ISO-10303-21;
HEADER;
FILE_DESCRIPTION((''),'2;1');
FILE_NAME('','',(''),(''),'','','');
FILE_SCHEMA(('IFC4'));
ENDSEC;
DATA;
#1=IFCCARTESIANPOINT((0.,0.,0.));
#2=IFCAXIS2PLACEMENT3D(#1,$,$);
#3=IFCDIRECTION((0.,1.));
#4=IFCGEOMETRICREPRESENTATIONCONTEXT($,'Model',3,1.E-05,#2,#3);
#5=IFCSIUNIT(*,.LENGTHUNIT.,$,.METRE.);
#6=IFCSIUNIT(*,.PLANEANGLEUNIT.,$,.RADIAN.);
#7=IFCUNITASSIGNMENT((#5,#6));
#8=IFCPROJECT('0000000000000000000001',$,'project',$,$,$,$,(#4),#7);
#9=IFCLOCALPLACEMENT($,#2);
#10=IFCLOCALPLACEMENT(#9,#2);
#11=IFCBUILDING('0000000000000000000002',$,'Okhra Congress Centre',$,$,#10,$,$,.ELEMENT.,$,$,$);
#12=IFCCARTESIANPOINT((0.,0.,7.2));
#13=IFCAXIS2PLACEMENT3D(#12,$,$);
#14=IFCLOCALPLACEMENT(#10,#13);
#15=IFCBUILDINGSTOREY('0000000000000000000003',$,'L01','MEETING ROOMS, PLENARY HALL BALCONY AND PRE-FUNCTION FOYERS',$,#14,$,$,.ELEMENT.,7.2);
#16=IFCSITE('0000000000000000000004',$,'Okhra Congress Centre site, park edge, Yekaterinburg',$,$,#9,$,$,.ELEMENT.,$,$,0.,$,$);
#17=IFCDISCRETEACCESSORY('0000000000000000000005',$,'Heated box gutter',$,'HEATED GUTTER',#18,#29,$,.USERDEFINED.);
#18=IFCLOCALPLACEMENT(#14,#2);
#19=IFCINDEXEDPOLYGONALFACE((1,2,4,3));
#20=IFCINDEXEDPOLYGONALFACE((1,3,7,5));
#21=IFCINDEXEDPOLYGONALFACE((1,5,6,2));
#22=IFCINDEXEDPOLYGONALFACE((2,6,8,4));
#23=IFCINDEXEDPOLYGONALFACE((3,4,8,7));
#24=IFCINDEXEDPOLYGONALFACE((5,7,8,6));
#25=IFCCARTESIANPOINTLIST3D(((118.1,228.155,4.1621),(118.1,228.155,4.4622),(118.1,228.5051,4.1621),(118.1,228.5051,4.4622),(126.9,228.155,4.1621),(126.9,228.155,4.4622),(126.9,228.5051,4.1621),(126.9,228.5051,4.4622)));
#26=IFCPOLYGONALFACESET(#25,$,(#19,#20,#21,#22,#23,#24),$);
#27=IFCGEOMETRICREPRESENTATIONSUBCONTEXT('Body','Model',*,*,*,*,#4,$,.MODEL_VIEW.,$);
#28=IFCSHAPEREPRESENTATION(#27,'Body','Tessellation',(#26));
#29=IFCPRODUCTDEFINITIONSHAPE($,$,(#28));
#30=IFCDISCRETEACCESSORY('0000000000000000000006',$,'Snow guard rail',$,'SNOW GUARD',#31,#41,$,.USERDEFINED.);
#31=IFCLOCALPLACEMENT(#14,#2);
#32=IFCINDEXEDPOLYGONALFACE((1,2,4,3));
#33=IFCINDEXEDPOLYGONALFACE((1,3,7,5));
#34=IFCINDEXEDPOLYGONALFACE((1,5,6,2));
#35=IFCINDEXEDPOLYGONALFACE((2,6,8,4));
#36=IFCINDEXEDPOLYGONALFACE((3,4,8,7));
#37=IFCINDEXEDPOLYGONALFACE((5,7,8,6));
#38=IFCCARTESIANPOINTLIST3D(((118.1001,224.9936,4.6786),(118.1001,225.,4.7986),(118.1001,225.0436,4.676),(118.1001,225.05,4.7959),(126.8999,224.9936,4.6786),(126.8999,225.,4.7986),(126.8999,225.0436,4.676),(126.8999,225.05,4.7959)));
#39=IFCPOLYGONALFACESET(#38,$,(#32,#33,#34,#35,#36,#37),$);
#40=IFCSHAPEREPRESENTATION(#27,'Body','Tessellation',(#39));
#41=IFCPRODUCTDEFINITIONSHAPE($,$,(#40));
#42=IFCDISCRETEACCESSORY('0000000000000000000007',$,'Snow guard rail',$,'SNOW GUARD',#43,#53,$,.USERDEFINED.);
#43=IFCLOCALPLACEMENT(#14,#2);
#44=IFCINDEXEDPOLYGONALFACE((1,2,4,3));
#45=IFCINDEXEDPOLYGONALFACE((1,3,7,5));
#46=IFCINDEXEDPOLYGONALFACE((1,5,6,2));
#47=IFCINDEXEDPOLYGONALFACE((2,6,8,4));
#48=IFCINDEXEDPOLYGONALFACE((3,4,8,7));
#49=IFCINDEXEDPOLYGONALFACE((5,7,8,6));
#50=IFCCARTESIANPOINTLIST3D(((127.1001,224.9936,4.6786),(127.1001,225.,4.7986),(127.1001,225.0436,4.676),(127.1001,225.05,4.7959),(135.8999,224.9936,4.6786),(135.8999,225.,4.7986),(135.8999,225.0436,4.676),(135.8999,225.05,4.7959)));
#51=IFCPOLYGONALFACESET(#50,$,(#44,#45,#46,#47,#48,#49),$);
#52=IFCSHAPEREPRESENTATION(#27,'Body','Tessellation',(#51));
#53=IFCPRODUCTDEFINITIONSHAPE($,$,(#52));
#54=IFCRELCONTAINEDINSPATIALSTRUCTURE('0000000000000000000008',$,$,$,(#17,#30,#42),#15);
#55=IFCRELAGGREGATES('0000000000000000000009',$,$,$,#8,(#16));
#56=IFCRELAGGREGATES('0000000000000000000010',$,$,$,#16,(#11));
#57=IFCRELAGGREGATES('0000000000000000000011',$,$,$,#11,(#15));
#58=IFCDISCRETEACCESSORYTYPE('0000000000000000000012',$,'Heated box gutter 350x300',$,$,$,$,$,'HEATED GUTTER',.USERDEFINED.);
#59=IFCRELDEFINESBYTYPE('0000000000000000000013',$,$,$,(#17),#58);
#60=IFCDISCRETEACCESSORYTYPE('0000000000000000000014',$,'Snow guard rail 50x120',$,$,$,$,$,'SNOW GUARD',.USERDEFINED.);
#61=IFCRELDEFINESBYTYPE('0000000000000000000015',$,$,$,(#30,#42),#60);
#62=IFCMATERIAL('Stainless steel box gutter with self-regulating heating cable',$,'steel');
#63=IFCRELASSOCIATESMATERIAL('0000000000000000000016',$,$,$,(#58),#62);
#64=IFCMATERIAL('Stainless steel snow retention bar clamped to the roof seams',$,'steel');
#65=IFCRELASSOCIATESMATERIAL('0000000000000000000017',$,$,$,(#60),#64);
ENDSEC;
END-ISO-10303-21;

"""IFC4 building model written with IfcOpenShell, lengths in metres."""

from ifc_helpers import new_model, si_unit, direction, frame, origin, origin_2d, place, context, subcontext, project, spatial, polyline, rectangle, outline, extrude, material, type_object, element, save


model = new_model("IFC4")

# Units and contexts
model_context = context("Model", 3, precision=1e-05, world=origin(), true_north=direction((0.0, 1.0)))
body_context = subcontext(model_context, "Body", "Model", "MODEL_VIEW")
ifc_project = project(units=[si_unit("LENGTHUNIT", "METRE"), si_unit("PLANEANGLEUNIT", "RADIAN")], contexts=[model_context])

# Site, building, storey
site_placement = place(None, origin())
site = spatial("IfcSite", under=ifc_project, at=site_placement, Name="Okhra Congress Centre site, park edge, Yekaterinburg", CompositionType="ELEMENT", RefElevation=0.0)
building_placement = place(site_placement, origin())
building = spatial("IfcBuilding", under=site, at=building_placement, Name="Okhra Congress Centre", CompositionType="ELEMENT")
storey_placement = place(building_placement, frame((0.0, 0.0, 7.2)))
storey = spatial("IfcBuildingStorey", under=building, at=storey_placement, Name="L01", Description="MEETING ROOMS, PLENARY HALL BALCONY AND PRE-FUNCTION FOYERS", CompositionType="ELEMENT", Elevation=7.2)

# Discrete accessories
ifc_material_1 = material(Name="Stainless steel box gutter with self-regulating heating cable", Category="steel")
discrete_accessory_type_1 = type_object("IfcDiscreteAccessoryType", Name="Heated box gutter 350x300", ElementType="HEATED GUTTER", PredefinedType="USERDEFINED", material=ifc_material_1)
discrete_accessory_placement = place(storey_placement, frame((122.5, 228.3301, 4.1621), z_axis=(0.0, 0.0, 1.0), x_axis=(1.0, 0.0, 0.0)))
element("IfcDiscreteAccessory", 1, at=discrete_accessory_placement, inside=storey, type_object=discrete_accessory_type_1, Name="Heated box gutter", ObjectType="HEATED GUTTER", PredefinedType="USERDEFINED", context=body_context, shape_type="SweptSolid", body=[
    extrude(rectangle(XDim=8.8, YDim=0.3501, at=origin_2d()), origin(), (0.0, 0.0, 1.0), 0.3),
])
ifc_material_2 = material(Name="Stainless steel snow retention bar clamped to the roof seams", Category="steel")
discrete_accessory_type_2 = type_object("IfcDiscreteAccessoryType", Name="Snow guard rail 50x120", ElementType="SNOW GUARD", PredefinedType="USERDEFINED", material=ifc_material_2)
for number, where, z_axis, x_axis, name in (
    (2, (118.1001, 225.0, 4.7986), (0.0, 0.053581, 0.998563), (1.0, 0.0, 0.0), "Snow guard rail"),
    (3, (127.1001, 225.0, 4.7986), (0.0, 0.053581, 0.998563), (1.0, 0.0, 0.0), "Snow guard rail"),
):
    element("IfcDiscreteAccessory", number, at=place(storey_placement, frame(where, z_axis=z_axis, x_axis=x_axis)), inside=storey, type_object=discrete_accessory_type_2, Name=name, ObjectType="SNOW GUARD", PredefinedType="USERDEFINED", context=body_context, shape_type="SweptSolid", body=[
        extrude(outline(polyline([(0.0, 0.0), (8.7998, 0.0), (8.7998, 0.0501), (0.0, 0.0501), (0.0, 0.0)])), origin(), (0.0, 0.0, -1.0), 0.1201),
    ])

save(model, "model.ifc")
